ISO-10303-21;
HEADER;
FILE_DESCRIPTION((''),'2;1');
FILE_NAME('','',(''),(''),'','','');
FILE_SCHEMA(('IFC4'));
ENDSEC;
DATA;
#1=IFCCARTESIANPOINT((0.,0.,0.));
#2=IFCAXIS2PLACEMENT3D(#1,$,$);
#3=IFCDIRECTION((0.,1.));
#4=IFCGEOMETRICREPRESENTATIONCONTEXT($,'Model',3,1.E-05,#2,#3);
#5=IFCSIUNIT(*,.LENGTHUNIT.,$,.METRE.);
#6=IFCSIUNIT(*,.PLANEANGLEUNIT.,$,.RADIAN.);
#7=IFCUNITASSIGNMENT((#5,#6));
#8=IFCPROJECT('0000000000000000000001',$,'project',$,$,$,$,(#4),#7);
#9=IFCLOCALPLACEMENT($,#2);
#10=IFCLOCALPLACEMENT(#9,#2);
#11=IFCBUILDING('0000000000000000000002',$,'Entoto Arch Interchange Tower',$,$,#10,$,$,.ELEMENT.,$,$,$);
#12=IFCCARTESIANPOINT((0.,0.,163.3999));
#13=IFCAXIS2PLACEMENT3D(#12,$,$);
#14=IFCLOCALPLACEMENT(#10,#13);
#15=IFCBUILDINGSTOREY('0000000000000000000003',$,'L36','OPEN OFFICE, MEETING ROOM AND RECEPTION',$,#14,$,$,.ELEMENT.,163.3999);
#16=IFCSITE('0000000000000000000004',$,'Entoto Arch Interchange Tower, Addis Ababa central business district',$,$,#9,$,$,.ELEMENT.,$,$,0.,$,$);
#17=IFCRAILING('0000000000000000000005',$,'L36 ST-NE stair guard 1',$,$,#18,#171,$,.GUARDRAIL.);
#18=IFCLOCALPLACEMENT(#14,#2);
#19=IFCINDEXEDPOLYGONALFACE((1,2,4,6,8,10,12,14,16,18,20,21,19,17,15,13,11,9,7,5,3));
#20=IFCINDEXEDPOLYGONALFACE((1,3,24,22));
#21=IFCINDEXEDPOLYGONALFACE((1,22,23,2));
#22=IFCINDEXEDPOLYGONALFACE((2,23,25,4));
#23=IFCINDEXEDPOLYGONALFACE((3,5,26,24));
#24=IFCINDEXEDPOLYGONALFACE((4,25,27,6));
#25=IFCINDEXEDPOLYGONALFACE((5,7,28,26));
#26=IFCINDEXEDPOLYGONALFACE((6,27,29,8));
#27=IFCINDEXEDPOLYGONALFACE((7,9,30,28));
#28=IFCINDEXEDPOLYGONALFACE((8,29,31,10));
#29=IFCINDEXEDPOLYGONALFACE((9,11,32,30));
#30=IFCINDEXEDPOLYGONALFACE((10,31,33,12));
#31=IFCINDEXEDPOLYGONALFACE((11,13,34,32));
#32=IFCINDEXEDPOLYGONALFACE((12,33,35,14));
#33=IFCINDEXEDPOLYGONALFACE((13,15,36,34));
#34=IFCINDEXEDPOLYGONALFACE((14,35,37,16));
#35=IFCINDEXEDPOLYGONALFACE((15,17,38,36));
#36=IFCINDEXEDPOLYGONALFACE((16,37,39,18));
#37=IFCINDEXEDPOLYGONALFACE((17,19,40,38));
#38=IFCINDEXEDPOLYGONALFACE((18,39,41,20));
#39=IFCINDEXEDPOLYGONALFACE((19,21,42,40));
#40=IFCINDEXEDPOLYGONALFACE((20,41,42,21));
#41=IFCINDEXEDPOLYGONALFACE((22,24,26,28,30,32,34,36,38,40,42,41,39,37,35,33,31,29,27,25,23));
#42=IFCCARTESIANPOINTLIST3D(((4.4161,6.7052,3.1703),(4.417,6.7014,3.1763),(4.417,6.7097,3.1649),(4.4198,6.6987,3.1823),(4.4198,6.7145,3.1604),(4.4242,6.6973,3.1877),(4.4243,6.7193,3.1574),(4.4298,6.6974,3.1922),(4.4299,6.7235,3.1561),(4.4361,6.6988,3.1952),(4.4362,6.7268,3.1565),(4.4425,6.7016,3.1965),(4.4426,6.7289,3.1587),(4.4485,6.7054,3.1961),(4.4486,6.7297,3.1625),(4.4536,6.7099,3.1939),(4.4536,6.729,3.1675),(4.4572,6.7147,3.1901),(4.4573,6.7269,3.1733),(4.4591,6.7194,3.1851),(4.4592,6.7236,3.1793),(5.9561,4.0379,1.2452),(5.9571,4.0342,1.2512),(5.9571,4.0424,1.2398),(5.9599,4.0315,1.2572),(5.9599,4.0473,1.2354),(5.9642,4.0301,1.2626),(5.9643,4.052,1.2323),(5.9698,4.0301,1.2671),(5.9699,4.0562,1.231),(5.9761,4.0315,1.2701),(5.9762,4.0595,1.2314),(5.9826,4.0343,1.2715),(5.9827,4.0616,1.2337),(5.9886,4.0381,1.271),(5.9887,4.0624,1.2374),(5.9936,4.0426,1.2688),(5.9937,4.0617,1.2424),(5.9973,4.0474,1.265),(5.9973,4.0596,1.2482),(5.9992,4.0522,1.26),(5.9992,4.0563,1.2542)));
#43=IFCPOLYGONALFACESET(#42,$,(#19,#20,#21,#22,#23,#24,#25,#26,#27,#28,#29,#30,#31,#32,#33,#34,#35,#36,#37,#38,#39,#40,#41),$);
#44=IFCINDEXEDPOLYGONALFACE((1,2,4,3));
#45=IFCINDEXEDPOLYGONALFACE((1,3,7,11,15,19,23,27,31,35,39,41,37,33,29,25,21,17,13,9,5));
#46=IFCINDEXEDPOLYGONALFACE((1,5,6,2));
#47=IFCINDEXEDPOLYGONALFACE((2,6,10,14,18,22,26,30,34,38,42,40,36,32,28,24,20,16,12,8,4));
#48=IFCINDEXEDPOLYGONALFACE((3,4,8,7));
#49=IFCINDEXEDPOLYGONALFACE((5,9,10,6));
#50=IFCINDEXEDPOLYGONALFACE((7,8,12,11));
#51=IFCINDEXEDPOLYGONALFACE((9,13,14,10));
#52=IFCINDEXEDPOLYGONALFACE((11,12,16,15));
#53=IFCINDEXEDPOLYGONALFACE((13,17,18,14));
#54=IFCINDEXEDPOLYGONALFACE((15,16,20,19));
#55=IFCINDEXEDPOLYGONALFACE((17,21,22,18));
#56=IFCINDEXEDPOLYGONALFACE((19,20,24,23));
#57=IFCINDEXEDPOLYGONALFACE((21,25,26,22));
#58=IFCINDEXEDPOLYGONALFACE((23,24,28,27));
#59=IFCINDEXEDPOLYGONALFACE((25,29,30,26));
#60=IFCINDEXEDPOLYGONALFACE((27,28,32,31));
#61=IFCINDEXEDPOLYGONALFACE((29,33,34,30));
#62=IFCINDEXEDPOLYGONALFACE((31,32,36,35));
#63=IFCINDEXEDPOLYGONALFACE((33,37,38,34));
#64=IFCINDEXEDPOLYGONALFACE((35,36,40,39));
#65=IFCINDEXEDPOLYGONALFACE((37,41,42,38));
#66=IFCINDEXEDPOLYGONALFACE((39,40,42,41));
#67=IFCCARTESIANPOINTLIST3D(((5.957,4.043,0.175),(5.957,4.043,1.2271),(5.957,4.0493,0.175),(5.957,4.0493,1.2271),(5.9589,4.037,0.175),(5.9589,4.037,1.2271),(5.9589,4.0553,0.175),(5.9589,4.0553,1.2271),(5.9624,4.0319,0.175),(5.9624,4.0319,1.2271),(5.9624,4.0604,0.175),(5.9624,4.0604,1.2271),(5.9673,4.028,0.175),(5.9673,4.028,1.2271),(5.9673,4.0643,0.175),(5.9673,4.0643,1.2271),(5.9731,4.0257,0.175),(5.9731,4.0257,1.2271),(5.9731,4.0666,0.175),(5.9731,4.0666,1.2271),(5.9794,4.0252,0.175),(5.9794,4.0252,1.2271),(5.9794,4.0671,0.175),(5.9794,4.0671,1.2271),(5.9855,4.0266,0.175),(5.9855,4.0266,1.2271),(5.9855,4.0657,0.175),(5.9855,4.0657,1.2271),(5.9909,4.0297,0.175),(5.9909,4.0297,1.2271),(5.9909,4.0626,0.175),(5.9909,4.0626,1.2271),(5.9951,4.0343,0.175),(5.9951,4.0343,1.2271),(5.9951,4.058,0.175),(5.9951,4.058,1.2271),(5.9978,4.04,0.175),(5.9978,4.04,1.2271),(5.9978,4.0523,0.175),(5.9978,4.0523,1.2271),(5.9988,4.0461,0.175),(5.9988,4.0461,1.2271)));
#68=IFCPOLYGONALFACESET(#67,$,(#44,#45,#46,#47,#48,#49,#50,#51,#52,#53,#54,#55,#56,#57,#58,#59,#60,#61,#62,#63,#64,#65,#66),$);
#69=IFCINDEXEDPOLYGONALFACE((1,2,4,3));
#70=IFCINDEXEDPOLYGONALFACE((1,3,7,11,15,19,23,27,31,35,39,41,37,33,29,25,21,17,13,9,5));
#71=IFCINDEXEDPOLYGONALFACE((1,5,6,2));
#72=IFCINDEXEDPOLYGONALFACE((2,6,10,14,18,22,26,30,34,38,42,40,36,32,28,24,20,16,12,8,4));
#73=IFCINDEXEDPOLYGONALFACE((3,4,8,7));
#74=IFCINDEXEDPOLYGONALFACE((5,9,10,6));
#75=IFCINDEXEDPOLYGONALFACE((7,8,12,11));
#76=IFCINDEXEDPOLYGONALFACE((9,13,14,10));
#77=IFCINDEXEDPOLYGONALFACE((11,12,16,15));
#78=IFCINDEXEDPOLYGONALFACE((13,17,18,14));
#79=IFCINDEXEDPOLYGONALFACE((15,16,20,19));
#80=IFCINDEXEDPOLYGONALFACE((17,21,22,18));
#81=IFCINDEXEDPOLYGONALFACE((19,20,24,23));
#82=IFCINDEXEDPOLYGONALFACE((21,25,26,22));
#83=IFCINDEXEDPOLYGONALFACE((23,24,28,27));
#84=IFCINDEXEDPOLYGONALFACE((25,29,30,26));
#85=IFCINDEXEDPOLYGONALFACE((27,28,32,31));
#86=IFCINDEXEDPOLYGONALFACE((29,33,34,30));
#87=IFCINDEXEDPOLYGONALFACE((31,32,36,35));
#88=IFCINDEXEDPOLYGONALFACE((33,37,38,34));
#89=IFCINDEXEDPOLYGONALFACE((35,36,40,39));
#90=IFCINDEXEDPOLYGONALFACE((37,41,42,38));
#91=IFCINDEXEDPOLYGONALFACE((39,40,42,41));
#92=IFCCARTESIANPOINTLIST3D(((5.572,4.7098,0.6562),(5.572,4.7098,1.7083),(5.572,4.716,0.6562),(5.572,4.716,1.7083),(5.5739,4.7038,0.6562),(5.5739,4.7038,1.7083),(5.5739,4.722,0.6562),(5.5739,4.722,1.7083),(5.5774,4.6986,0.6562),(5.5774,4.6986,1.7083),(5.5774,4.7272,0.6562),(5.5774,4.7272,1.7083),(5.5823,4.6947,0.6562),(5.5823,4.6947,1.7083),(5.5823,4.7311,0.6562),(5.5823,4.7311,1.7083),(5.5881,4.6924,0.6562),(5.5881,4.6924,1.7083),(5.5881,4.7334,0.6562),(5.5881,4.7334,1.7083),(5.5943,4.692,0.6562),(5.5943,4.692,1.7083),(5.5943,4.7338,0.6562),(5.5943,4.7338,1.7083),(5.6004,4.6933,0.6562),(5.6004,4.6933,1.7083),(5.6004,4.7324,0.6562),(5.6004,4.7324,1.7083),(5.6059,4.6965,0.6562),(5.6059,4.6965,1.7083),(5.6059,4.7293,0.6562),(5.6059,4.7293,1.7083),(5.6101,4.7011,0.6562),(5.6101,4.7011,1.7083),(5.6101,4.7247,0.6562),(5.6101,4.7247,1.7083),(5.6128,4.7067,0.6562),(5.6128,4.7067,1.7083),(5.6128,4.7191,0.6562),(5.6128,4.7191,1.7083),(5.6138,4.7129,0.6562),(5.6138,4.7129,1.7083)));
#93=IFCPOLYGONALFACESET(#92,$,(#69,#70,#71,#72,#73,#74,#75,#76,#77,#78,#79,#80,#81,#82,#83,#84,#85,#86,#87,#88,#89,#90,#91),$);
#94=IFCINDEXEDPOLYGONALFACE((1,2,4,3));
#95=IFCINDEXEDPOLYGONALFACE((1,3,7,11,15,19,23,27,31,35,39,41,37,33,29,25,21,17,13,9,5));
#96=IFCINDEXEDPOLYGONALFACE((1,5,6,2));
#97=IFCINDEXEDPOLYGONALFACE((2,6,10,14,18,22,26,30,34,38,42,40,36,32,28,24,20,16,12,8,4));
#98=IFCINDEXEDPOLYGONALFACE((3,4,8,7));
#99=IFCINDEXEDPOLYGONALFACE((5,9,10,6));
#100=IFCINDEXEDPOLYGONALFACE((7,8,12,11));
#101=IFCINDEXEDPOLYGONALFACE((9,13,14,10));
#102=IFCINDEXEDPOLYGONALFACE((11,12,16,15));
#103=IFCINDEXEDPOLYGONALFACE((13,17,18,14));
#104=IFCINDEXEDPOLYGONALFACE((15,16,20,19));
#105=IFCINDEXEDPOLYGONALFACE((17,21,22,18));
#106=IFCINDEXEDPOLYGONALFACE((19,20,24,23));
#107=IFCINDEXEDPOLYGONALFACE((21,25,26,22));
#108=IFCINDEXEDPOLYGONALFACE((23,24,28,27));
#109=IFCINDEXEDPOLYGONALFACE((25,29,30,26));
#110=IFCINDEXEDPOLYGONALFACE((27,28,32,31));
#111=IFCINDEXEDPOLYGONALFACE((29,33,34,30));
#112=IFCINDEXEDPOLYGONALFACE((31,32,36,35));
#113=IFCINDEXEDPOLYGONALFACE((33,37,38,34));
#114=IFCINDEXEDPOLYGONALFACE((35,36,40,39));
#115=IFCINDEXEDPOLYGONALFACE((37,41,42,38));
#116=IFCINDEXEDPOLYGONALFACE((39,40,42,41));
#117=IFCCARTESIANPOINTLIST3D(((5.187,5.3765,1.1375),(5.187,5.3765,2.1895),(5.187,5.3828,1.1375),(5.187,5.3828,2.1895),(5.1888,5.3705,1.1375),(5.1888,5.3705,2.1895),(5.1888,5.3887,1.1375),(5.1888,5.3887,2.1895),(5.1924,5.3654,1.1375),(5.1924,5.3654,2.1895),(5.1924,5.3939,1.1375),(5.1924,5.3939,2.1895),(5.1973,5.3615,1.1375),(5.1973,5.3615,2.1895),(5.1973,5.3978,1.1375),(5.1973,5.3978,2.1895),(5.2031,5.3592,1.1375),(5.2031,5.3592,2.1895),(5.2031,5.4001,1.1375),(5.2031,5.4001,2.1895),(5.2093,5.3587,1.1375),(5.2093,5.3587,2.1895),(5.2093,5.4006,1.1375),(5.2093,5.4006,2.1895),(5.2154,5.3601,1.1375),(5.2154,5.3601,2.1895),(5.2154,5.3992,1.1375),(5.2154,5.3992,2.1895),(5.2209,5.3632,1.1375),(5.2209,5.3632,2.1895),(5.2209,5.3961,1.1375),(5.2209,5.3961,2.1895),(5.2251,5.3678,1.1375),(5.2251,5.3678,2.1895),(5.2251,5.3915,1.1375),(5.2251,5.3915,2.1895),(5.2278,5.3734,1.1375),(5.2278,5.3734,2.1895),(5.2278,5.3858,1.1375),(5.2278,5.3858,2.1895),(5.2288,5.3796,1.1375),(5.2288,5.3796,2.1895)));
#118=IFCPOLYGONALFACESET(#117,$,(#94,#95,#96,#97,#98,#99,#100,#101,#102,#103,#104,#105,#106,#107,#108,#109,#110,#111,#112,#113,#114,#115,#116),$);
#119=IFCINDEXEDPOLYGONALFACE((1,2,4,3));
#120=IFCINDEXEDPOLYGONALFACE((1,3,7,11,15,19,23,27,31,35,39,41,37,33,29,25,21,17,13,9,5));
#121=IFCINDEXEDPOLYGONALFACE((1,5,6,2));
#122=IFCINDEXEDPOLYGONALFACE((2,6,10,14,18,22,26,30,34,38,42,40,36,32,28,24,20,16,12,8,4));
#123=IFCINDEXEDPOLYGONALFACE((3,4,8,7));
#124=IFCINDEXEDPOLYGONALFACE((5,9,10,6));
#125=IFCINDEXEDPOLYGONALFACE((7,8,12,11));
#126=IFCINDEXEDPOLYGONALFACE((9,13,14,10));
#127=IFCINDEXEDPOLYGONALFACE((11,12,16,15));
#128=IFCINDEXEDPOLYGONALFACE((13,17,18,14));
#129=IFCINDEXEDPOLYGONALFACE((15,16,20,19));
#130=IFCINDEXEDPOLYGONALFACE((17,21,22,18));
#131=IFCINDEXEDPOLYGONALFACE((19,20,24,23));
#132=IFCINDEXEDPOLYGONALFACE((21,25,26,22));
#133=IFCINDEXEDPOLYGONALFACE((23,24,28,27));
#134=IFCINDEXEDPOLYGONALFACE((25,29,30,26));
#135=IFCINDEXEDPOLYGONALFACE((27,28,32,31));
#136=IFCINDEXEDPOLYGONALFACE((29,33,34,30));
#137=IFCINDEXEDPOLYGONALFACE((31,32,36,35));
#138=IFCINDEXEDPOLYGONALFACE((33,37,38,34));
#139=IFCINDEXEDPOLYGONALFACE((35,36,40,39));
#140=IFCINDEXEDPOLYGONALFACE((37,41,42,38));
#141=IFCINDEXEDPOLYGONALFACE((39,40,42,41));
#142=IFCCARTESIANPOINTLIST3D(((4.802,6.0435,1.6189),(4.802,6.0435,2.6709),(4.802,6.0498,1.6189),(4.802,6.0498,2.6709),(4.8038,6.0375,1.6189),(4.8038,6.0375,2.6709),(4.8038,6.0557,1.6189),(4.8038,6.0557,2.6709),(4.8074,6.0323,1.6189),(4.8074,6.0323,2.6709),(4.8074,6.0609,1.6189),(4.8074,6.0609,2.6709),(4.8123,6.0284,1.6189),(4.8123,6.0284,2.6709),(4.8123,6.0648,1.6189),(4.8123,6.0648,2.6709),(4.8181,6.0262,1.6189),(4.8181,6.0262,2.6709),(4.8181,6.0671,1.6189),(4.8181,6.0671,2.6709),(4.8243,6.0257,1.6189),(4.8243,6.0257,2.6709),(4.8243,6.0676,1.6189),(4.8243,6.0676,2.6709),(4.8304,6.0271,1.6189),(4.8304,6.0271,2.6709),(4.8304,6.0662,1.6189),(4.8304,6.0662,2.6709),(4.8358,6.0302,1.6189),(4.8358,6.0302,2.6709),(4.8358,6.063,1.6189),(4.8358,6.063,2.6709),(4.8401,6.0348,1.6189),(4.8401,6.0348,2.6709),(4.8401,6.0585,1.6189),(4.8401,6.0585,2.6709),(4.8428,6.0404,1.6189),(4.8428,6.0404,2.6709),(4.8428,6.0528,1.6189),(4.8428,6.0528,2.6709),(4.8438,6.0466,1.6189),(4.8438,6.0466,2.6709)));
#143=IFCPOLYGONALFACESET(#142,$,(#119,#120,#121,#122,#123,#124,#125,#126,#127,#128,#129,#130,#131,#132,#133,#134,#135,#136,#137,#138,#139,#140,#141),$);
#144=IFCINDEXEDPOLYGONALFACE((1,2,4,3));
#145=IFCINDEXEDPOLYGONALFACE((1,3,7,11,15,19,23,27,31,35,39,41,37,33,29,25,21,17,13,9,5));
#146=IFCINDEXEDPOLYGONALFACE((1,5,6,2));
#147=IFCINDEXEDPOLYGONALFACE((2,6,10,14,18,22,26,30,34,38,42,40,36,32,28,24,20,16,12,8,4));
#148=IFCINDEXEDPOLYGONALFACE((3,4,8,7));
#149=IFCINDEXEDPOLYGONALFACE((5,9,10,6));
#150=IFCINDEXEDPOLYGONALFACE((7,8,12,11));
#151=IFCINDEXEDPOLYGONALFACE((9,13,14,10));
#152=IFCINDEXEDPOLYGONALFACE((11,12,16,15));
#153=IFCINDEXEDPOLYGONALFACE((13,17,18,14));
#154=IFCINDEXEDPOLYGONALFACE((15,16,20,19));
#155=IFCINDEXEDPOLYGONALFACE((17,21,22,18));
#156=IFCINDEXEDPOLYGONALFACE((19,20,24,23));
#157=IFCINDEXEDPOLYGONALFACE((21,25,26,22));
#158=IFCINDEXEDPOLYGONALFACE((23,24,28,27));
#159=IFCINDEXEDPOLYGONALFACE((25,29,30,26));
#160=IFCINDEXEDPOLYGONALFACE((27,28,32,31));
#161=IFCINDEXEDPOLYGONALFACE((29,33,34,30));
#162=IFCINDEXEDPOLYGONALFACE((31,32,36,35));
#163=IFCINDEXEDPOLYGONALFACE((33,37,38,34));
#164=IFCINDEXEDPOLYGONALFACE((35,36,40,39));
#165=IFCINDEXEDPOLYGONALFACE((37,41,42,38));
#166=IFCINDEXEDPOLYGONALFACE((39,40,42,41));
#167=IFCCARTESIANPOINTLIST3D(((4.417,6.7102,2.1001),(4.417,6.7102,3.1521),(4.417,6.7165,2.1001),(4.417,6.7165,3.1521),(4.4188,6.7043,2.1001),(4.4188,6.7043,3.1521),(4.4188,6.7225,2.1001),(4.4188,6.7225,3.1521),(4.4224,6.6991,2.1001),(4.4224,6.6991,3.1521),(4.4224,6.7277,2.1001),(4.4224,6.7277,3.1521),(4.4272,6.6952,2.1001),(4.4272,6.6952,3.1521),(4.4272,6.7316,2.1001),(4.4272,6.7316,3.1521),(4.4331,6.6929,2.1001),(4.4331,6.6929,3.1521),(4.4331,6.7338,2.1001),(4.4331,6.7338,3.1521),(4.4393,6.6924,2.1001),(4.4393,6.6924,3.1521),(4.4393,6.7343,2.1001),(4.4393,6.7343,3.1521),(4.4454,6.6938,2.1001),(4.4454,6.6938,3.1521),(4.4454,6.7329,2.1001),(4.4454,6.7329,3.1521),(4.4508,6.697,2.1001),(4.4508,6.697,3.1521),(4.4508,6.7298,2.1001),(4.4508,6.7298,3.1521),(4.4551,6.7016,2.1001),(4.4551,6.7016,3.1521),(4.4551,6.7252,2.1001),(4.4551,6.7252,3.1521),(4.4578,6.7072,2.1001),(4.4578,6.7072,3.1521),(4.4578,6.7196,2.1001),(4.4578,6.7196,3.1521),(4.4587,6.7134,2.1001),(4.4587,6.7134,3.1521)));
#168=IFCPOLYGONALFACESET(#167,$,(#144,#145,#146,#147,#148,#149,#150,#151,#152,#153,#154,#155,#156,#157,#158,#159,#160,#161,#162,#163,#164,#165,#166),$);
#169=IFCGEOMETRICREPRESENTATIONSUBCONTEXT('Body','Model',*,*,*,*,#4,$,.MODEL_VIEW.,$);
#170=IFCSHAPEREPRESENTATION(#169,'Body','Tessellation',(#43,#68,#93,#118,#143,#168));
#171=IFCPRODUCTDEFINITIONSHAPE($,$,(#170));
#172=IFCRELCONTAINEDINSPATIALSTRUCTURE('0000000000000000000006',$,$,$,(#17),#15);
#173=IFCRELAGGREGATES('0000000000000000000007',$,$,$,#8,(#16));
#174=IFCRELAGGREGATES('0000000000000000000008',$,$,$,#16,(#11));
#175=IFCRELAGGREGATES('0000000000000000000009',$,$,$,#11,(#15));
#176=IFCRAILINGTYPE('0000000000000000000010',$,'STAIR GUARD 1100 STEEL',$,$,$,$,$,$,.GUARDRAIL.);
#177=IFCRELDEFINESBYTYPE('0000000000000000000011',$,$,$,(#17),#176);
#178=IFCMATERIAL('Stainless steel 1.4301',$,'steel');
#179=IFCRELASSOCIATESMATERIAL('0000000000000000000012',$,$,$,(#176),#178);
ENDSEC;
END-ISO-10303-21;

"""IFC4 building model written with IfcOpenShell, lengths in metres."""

from ifc_helpers import new_model, si_unit, direction, frame, origin, origin_2d, place, context, subcontext, project, spatial, circle, extrude, material, type_object, element, save


model = new_model("IFC4")

# Units and contexts
model_context = context("Model", 3, precision=1e-05, world=origin(), true_north=direction((0.0, 1.0)))
body_context = subcontext(model_context, "Body", "Model", "MODEL_VIEW")
ifc_project = project(units=[si_unit("LENGTHUNIT", "METRE"), si_unit("PLANEANGLEUNIT", "RADIAN")], contexts=[model_context])

# Site, building, storey
site_placement = place(None, origin())
site = spatial("IfcSite", under=ifc_project, at=site_placement, Name="Entoto Arch Interchange Tower, Addis Ababa central business district", CompositionType="ELEMENT", RefElevation=0.0)
building_placement = place(site_placement, origin())
building = spatial("IfcBuilding", under=site, at=building_placement, Name="Entoto Arch Interchange Tower", CompositionType="ELEMENT")
storey_placement = place(building_placement, frame((0.0, 0.0, 163.3999)))
storey = spatial("IfcBuildingStorey", under=building, at=storey_placement, Name="L36", Description="OPEN OFFICE, MEETING ROOM AND RECEPTION", CompositionType="ELEMENT", Elevation=163.3999)

# Railing
ifc_material_1 = material(Name="Stainless steel 1.4301", Category="steel")
railing_type_1 = type_object("IfcRailingType", Name="STAIR GUARD 1100 STEEL", PredefinedType="GUARDRAIL", material=ifc_material_1)
railing_1_placement = place(storey_placement, frame((5.9778, 4.0461, 0.175)))
element("IfcRailing", 1, at=railing_1_placement, inside=storey, type_object=railing_type_1, Name="L36 ST-NE stair guard 1", PredefinedType="GUARDRAIL", context=body_context, shape_type="SweptSolid", body=[
    extrude(circle(Radius=0.0239, at=origin_2d()), frame((0.0, 0.0, 1.0762), z_axis=(-0.424015, 0.734364, 0.530019), x_axis=(-0.86601, -0.500027, 0.0)), (0.0, 0.0, 1.0), 3.6321),
    extrude(circle(Radius=0.021, at=origin_2d()), origin(), (0.0, 0.0, 1.0), 1.052),
    extrude(circle(Radius=0.021, at=origin_2d()), frame((-0.385, 0.6667, 0.4812)), (0.0, 0.0, 1.0), 1.052),
    extrude(circle(Radius=0.021, at=origin_2d()), frame((-0.77, 1.3335, 0.9624)), (0.0, 0.0, 1.0), 1.052),
    extrude(circle(Radius=0.021, at=origin_2d()), frame((-1.155, 2.0005, 1.4438)), (0.0, 0.0, 1.0), 1.052),
    extrude(circle(Radius=0.021, at=origin_2d()), frame((-1.54, 2.6672, 1.925)), (0.0, 0.0, 1.0), 1.052),
])

save(model, "model.ifc")
